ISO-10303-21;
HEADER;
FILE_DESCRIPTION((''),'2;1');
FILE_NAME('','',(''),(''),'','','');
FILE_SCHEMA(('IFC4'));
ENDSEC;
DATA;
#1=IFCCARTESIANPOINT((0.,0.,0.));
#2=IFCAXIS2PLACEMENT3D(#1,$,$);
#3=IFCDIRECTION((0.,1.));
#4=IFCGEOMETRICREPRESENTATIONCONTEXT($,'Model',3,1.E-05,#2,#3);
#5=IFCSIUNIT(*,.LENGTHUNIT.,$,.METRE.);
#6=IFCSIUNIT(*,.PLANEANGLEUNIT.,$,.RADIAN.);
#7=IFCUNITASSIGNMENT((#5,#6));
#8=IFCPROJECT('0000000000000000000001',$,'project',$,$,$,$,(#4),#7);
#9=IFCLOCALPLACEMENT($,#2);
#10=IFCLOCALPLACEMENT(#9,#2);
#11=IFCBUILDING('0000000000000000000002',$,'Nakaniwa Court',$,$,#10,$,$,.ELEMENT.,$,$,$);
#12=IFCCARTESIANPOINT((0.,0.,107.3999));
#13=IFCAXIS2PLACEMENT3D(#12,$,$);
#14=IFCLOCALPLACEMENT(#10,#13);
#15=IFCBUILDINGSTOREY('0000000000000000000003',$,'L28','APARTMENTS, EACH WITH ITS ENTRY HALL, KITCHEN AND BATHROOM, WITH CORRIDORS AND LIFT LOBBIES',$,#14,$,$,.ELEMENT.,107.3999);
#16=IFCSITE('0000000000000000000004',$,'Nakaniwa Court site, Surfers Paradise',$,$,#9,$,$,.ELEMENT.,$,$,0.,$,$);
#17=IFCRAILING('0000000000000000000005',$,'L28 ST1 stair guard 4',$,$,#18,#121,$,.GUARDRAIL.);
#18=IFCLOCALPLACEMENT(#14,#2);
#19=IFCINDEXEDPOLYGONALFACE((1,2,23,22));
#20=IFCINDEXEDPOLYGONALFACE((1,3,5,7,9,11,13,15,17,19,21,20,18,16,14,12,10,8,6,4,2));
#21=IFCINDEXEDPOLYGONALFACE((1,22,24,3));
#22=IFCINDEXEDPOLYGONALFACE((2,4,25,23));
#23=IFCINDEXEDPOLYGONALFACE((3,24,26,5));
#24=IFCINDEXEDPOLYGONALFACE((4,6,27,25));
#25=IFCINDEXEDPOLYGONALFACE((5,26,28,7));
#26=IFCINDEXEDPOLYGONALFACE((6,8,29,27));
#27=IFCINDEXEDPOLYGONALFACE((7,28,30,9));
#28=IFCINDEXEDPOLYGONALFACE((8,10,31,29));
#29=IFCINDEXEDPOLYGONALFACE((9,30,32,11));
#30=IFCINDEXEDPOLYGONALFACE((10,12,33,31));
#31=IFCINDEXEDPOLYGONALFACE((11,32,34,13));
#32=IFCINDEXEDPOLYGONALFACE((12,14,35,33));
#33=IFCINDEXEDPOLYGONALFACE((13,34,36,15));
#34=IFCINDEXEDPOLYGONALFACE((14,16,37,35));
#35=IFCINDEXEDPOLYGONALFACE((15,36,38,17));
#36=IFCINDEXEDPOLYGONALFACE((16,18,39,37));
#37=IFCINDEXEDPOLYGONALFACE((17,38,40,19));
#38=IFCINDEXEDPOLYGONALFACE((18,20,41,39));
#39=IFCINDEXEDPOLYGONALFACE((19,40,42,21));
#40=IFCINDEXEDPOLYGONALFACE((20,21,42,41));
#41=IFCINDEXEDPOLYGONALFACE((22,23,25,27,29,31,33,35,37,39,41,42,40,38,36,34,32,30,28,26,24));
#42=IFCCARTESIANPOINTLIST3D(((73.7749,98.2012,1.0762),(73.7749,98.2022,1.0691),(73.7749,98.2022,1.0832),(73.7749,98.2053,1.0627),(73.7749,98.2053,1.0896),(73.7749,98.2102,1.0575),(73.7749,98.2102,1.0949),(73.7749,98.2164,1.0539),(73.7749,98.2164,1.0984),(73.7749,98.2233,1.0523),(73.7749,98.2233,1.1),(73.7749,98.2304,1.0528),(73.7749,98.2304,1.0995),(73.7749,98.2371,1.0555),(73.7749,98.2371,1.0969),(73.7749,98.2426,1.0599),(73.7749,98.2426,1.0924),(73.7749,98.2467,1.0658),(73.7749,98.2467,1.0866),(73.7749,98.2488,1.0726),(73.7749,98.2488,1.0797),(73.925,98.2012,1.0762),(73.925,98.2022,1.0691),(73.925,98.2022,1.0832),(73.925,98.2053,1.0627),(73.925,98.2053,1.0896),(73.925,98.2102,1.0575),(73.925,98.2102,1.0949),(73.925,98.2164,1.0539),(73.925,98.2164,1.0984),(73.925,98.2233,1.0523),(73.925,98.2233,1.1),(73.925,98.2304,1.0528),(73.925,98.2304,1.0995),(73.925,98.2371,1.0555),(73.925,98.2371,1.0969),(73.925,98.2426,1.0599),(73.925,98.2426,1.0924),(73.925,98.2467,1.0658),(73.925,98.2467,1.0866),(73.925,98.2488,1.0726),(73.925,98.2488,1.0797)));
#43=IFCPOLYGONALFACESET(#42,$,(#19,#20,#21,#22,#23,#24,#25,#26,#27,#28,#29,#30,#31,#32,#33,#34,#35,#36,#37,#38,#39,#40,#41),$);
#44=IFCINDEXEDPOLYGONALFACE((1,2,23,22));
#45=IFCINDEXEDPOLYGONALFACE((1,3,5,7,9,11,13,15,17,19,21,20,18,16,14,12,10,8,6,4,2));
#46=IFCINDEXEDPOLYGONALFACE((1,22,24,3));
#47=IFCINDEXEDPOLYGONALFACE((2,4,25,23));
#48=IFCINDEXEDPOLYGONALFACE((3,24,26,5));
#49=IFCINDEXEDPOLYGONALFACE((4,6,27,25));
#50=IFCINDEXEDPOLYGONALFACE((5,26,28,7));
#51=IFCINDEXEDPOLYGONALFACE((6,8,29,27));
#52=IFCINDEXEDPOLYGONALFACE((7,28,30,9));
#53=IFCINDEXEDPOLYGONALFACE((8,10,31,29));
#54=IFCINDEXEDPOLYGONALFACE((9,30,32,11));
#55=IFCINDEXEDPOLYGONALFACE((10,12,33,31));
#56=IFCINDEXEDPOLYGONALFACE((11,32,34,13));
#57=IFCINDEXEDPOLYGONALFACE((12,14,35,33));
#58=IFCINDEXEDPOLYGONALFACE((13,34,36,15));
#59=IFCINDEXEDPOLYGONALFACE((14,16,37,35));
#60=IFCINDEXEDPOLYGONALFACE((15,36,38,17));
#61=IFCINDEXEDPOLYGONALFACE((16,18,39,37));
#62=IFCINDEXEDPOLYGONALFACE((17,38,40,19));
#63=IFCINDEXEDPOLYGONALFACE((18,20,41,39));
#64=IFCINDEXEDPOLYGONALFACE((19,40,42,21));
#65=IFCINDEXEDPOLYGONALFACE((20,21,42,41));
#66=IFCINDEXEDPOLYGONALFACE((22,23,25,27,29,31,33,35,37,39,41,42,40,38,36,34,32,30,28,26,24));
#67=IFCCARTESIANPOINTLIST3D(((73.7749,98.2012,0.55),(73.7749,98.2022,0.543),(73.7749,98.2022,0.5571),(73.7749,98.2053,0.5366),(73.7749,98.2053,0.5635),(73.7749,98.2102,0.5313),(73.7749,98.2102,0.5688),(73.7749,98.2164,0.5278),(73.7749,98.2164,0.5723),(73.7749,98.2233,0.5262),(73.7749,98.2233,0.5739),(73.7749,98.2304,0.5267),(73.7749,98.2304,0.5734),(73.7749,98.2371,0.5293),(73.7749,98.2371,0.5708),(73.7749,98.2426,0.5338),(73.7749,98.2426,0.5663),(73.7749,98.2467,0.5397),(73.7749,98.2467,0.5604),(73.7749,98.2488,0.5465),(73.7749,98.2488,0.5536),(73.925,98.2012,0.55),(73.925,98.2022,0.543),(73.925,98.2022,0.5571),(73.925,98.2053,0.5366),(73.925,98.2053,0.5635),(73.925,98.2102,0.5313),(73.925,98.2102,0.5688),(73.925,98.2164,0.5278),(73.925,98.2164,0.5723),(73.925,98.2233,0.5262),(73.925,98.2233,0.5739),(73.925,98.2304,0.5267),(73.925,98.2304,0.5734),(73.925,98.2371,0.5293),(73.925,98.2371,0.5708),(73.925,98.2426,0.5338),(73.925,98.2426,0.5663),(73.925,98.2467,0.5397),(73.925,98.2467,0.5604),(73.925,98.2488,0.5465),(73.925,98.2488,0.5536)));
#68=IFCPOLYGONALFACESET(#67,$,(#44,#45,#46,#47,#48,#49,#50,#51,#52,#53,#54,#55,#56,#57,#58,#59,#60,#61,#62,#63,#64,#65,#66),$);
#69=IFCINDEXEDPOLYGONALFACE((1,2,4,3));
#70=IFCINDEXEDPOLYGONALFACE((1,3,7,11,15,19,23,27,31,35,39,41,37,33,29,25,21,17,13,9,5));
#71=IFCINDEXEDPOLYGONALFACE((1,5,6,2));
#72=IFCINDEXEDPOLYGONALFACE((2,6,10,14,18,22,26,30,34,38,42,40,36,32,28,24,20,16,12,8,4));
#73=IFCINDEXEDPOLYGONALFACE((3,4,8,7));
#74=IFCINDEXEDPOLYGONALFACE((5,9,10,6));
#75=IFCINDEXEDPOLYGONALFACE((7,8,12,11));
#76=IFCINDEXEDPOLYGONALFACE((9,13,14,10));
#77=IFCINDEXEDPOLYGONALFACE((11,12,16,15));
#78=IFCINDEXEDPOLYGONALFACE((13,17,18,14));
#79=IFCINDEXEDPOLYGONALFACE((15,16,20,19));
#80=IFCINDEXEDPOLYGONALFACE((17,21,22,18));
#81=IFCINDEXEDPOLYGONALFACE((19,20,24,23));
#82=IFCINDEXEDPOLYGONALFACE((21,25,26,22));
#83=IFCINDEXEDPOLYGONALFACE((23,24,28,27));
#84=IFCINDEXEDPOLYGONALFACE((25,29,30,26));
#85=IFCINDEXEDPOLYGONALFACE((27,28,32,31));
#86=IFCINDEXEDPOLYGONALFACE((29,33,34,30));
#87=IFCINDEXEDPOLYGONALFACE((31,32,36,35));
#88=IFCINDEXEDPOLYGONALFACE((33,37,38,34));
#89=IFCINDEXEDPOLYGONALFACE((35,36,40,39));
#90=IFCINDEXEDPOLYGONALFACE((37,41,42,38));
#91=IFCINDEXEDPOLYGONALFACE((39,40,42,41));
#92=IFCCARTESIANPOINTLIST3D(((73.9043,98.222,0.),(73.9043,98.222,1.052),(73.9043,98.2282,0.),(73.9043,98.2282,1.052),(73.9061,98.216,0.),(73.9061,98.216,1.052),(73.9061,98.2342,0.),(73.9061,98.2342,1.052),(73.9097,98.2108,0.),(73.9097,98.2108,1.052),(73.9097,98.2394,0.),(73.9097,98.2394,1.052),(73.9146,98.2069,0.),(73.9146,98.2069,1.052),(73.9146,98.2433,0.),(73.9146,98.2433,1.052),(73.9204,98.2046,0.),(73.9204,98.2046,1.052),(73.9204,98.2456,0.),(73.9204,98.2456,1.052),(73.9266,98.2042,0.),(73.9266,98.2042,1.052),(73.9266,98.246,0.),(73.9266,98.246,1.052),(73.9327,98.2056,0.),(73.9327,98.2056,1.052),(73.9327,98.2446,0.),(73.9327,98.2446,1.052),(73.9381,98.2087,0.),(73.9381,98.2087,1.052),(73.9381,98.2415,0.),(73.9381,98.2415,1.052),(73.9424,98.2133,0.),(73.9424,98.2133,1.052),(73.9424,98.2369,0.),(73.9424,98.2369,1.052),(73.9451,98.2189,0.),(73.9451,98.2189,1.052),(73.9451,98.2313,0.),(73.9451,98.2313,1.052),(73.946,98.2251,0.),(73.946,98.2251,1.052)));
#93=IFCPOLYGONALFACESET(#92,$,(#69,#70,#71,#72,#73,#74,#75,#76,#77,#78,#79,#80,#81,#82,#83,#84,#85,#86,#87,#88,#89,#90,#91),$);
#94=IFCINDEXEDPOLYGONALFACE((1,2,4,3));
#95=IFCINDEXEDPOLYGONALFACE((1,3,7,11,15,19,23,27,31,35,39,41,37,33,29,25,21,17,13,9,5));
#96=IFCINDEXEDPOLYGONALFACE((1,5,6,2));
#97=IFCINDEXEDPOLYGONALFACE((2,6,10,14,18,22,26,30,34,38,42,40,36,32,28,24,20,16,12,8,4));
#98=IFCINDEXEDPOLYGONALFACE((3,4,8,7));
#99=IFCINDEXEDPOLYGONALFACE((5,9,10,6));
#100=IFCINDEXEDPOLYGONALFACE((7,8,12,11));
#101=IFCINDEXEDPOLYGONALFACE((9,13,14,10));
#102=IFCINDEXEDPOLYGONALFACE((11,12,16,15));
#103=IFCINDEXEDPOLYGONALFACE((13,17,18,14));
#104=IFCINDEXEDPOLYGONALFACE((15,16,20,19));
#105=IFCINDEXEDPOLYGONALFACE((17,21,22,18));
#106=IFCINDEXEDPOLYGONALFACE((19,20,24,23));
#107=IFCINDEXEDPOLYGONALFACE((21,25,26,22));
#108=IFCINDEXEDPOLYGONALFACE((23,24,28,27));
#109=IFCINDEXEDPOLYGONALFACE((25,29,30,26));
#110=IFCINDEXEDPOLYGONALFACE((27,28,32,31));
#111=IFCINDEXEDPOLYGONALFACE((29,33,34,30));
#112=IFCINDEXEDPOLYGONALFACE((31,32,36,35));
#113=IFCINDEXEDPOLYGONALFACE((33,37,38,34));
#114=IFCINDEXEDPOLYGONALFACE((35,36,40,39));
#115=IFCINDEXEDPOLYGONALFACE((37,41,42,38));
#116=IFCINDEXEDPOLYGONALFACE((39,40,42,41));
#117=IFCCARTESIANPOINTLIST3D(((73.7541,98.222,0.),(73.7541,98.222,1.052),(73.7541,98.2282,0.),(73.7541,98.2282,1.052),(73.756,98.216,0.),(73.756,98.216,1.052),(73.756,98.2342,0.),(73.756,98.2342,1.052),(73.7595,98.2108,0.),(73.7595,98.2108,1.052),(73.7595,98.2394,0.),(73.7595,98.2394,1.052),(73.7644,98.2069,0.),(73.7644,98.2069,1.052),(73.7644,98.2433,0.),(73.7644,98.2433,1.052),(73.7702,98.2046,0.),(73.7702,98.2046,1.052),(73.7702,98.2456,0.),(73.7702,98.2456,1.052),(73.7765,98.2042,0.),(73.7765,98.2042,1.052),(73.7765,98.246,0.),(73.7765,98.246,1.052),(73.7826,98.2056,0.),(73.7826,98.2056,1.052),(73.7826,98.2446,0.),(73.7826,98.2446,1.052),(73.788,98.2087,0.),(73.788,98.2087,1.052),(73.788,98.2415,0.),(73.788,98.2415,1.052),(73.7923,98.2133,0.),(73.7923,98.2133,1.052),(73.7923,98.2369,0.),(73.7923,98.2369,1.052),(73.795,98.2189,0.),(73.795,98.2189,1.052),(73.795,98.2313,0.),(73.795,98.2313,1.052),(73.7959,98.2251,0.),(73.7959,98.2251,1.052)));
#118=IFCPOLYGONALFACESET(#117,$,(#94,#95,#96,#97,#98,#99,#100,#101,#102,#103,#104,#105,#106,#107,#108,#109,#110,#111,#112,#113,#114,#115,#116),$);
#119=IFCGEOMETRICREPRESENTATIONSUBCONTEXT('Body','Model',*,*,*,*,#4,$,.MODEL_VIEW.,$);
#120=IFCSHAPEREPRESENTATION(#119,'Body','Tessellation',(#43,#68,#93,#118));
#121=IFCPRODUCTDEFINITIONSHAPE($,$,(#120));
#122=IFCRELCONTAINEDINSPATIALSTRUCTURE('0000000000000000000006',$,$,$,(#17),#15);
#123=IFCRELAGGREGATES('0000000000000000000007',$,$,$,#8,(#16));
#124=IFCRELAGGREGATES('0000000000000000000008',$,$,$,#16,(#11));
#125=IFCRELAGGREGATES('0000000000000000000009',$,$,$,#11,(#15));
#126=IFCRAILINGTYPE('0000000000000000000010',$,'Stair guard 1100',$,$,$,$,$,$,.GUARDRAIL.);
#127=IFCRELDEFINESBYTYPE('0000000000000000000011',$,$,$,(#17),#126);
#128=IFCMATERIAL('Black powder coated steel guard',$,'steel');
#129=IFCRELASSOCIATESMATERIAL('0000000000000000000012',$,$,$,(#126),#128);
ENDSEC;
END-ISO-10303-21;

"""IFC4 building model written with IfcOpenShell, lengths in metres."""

from ifc_helpers import new_model, si_unit, direction, frame, origin, origin_2d, place, context, subcontext, project, spatial, circle, extrude, material, type_object, element, save


model = new_model("IFC4")

# Units and contexts
model_context = context("Model", 3, precision=1e-05, world=origin(), true_north=direction((0.0, 1.0)))
body_context = subcontext(model_context, "Body", "Model", "MODEL_VIEW")
ifc_project = project(units=[si_unit("LENGTHUNIT", "METRE"), si_unit("PLANEANGLEUNIT", "RADIAN")], contexts=[model_context])

# Site, building, storey
site_placement = place(None, origin())
site = spatial("IfcSite", under=ifc_project, at=site_placement, Name="Nakaniwa Court site, Surfers Paradise", CompositionType="ELEMENT", RefElevation=0.0)
building_placement = place(site_placement, origin())
building = spatial("IfcBuilding", under=site, at=building_placement, Name="Nakaniwa Court", CompositionType="ELEMENT")
storey_placement = place(building_placement, frame((0.0, 0.0, 107.3999)))
storey = spatial("IfcBuildingStorey", under=building, at=storey_placement, Name="L28", Description="APARTMENTS, EACH WITH ITS ENTRY HALL, KITCHEN AND BATHROOM, WITH CORRIDORS AND LIFT LOBBIES", CompositionType="ELEMENT", Elevation=107.3999)

# Railing
ifc_material_1 = material(Name="Black powder coated steel guard", Category="steel")
railing_type_1 = type_object("IfcRailingType", Name="Stair guard 1100", PredefinedType="GUARDRAIL", material=ifc_material_1)
railing_1_placement = place(storey_placement, frame((73.925, 98.2251, 0.0)))
element("IfcRailing", 1, at=railing_1_placement, inside=storey, type_object=railing_type_1, Name="L28 ST1 stair guard 4", PredefinedType="GUARDRAIL", context=body_context, shape_type="SweptSolid", body=[
    extrude(circle(Radius=0.0239, at=origin_2d()), frame((0.0, 0.0, 1.0762), z_axis=(-1.0, 0.0, 0.0), x_axis=(0.0, -1.0, 0.0)), (0.0, 0.0, 1.0), 0.1501),
    extrude(circle(Radius=0.0239, at=origin_2d()), frame((0.0, 0.0, 0.55), z_axis=(-1.0, 0.0, 0.0), x_axis=(0.0, -1.0, 0.0)), (0.0, 0.0, 1.0), 0.1501),
    extrude(circle(Radius=0.021, at=origin_2d()), origin(), (0.0, 0.0, 1.0), 1.052),
    extrude(circle(Radius=0.021, at=origin_2d()), frame((-0.1501, 0.0, 0.0)), (0.0, 0.0, 1.0), 1.052),
])

save(model, "model.ifc")
